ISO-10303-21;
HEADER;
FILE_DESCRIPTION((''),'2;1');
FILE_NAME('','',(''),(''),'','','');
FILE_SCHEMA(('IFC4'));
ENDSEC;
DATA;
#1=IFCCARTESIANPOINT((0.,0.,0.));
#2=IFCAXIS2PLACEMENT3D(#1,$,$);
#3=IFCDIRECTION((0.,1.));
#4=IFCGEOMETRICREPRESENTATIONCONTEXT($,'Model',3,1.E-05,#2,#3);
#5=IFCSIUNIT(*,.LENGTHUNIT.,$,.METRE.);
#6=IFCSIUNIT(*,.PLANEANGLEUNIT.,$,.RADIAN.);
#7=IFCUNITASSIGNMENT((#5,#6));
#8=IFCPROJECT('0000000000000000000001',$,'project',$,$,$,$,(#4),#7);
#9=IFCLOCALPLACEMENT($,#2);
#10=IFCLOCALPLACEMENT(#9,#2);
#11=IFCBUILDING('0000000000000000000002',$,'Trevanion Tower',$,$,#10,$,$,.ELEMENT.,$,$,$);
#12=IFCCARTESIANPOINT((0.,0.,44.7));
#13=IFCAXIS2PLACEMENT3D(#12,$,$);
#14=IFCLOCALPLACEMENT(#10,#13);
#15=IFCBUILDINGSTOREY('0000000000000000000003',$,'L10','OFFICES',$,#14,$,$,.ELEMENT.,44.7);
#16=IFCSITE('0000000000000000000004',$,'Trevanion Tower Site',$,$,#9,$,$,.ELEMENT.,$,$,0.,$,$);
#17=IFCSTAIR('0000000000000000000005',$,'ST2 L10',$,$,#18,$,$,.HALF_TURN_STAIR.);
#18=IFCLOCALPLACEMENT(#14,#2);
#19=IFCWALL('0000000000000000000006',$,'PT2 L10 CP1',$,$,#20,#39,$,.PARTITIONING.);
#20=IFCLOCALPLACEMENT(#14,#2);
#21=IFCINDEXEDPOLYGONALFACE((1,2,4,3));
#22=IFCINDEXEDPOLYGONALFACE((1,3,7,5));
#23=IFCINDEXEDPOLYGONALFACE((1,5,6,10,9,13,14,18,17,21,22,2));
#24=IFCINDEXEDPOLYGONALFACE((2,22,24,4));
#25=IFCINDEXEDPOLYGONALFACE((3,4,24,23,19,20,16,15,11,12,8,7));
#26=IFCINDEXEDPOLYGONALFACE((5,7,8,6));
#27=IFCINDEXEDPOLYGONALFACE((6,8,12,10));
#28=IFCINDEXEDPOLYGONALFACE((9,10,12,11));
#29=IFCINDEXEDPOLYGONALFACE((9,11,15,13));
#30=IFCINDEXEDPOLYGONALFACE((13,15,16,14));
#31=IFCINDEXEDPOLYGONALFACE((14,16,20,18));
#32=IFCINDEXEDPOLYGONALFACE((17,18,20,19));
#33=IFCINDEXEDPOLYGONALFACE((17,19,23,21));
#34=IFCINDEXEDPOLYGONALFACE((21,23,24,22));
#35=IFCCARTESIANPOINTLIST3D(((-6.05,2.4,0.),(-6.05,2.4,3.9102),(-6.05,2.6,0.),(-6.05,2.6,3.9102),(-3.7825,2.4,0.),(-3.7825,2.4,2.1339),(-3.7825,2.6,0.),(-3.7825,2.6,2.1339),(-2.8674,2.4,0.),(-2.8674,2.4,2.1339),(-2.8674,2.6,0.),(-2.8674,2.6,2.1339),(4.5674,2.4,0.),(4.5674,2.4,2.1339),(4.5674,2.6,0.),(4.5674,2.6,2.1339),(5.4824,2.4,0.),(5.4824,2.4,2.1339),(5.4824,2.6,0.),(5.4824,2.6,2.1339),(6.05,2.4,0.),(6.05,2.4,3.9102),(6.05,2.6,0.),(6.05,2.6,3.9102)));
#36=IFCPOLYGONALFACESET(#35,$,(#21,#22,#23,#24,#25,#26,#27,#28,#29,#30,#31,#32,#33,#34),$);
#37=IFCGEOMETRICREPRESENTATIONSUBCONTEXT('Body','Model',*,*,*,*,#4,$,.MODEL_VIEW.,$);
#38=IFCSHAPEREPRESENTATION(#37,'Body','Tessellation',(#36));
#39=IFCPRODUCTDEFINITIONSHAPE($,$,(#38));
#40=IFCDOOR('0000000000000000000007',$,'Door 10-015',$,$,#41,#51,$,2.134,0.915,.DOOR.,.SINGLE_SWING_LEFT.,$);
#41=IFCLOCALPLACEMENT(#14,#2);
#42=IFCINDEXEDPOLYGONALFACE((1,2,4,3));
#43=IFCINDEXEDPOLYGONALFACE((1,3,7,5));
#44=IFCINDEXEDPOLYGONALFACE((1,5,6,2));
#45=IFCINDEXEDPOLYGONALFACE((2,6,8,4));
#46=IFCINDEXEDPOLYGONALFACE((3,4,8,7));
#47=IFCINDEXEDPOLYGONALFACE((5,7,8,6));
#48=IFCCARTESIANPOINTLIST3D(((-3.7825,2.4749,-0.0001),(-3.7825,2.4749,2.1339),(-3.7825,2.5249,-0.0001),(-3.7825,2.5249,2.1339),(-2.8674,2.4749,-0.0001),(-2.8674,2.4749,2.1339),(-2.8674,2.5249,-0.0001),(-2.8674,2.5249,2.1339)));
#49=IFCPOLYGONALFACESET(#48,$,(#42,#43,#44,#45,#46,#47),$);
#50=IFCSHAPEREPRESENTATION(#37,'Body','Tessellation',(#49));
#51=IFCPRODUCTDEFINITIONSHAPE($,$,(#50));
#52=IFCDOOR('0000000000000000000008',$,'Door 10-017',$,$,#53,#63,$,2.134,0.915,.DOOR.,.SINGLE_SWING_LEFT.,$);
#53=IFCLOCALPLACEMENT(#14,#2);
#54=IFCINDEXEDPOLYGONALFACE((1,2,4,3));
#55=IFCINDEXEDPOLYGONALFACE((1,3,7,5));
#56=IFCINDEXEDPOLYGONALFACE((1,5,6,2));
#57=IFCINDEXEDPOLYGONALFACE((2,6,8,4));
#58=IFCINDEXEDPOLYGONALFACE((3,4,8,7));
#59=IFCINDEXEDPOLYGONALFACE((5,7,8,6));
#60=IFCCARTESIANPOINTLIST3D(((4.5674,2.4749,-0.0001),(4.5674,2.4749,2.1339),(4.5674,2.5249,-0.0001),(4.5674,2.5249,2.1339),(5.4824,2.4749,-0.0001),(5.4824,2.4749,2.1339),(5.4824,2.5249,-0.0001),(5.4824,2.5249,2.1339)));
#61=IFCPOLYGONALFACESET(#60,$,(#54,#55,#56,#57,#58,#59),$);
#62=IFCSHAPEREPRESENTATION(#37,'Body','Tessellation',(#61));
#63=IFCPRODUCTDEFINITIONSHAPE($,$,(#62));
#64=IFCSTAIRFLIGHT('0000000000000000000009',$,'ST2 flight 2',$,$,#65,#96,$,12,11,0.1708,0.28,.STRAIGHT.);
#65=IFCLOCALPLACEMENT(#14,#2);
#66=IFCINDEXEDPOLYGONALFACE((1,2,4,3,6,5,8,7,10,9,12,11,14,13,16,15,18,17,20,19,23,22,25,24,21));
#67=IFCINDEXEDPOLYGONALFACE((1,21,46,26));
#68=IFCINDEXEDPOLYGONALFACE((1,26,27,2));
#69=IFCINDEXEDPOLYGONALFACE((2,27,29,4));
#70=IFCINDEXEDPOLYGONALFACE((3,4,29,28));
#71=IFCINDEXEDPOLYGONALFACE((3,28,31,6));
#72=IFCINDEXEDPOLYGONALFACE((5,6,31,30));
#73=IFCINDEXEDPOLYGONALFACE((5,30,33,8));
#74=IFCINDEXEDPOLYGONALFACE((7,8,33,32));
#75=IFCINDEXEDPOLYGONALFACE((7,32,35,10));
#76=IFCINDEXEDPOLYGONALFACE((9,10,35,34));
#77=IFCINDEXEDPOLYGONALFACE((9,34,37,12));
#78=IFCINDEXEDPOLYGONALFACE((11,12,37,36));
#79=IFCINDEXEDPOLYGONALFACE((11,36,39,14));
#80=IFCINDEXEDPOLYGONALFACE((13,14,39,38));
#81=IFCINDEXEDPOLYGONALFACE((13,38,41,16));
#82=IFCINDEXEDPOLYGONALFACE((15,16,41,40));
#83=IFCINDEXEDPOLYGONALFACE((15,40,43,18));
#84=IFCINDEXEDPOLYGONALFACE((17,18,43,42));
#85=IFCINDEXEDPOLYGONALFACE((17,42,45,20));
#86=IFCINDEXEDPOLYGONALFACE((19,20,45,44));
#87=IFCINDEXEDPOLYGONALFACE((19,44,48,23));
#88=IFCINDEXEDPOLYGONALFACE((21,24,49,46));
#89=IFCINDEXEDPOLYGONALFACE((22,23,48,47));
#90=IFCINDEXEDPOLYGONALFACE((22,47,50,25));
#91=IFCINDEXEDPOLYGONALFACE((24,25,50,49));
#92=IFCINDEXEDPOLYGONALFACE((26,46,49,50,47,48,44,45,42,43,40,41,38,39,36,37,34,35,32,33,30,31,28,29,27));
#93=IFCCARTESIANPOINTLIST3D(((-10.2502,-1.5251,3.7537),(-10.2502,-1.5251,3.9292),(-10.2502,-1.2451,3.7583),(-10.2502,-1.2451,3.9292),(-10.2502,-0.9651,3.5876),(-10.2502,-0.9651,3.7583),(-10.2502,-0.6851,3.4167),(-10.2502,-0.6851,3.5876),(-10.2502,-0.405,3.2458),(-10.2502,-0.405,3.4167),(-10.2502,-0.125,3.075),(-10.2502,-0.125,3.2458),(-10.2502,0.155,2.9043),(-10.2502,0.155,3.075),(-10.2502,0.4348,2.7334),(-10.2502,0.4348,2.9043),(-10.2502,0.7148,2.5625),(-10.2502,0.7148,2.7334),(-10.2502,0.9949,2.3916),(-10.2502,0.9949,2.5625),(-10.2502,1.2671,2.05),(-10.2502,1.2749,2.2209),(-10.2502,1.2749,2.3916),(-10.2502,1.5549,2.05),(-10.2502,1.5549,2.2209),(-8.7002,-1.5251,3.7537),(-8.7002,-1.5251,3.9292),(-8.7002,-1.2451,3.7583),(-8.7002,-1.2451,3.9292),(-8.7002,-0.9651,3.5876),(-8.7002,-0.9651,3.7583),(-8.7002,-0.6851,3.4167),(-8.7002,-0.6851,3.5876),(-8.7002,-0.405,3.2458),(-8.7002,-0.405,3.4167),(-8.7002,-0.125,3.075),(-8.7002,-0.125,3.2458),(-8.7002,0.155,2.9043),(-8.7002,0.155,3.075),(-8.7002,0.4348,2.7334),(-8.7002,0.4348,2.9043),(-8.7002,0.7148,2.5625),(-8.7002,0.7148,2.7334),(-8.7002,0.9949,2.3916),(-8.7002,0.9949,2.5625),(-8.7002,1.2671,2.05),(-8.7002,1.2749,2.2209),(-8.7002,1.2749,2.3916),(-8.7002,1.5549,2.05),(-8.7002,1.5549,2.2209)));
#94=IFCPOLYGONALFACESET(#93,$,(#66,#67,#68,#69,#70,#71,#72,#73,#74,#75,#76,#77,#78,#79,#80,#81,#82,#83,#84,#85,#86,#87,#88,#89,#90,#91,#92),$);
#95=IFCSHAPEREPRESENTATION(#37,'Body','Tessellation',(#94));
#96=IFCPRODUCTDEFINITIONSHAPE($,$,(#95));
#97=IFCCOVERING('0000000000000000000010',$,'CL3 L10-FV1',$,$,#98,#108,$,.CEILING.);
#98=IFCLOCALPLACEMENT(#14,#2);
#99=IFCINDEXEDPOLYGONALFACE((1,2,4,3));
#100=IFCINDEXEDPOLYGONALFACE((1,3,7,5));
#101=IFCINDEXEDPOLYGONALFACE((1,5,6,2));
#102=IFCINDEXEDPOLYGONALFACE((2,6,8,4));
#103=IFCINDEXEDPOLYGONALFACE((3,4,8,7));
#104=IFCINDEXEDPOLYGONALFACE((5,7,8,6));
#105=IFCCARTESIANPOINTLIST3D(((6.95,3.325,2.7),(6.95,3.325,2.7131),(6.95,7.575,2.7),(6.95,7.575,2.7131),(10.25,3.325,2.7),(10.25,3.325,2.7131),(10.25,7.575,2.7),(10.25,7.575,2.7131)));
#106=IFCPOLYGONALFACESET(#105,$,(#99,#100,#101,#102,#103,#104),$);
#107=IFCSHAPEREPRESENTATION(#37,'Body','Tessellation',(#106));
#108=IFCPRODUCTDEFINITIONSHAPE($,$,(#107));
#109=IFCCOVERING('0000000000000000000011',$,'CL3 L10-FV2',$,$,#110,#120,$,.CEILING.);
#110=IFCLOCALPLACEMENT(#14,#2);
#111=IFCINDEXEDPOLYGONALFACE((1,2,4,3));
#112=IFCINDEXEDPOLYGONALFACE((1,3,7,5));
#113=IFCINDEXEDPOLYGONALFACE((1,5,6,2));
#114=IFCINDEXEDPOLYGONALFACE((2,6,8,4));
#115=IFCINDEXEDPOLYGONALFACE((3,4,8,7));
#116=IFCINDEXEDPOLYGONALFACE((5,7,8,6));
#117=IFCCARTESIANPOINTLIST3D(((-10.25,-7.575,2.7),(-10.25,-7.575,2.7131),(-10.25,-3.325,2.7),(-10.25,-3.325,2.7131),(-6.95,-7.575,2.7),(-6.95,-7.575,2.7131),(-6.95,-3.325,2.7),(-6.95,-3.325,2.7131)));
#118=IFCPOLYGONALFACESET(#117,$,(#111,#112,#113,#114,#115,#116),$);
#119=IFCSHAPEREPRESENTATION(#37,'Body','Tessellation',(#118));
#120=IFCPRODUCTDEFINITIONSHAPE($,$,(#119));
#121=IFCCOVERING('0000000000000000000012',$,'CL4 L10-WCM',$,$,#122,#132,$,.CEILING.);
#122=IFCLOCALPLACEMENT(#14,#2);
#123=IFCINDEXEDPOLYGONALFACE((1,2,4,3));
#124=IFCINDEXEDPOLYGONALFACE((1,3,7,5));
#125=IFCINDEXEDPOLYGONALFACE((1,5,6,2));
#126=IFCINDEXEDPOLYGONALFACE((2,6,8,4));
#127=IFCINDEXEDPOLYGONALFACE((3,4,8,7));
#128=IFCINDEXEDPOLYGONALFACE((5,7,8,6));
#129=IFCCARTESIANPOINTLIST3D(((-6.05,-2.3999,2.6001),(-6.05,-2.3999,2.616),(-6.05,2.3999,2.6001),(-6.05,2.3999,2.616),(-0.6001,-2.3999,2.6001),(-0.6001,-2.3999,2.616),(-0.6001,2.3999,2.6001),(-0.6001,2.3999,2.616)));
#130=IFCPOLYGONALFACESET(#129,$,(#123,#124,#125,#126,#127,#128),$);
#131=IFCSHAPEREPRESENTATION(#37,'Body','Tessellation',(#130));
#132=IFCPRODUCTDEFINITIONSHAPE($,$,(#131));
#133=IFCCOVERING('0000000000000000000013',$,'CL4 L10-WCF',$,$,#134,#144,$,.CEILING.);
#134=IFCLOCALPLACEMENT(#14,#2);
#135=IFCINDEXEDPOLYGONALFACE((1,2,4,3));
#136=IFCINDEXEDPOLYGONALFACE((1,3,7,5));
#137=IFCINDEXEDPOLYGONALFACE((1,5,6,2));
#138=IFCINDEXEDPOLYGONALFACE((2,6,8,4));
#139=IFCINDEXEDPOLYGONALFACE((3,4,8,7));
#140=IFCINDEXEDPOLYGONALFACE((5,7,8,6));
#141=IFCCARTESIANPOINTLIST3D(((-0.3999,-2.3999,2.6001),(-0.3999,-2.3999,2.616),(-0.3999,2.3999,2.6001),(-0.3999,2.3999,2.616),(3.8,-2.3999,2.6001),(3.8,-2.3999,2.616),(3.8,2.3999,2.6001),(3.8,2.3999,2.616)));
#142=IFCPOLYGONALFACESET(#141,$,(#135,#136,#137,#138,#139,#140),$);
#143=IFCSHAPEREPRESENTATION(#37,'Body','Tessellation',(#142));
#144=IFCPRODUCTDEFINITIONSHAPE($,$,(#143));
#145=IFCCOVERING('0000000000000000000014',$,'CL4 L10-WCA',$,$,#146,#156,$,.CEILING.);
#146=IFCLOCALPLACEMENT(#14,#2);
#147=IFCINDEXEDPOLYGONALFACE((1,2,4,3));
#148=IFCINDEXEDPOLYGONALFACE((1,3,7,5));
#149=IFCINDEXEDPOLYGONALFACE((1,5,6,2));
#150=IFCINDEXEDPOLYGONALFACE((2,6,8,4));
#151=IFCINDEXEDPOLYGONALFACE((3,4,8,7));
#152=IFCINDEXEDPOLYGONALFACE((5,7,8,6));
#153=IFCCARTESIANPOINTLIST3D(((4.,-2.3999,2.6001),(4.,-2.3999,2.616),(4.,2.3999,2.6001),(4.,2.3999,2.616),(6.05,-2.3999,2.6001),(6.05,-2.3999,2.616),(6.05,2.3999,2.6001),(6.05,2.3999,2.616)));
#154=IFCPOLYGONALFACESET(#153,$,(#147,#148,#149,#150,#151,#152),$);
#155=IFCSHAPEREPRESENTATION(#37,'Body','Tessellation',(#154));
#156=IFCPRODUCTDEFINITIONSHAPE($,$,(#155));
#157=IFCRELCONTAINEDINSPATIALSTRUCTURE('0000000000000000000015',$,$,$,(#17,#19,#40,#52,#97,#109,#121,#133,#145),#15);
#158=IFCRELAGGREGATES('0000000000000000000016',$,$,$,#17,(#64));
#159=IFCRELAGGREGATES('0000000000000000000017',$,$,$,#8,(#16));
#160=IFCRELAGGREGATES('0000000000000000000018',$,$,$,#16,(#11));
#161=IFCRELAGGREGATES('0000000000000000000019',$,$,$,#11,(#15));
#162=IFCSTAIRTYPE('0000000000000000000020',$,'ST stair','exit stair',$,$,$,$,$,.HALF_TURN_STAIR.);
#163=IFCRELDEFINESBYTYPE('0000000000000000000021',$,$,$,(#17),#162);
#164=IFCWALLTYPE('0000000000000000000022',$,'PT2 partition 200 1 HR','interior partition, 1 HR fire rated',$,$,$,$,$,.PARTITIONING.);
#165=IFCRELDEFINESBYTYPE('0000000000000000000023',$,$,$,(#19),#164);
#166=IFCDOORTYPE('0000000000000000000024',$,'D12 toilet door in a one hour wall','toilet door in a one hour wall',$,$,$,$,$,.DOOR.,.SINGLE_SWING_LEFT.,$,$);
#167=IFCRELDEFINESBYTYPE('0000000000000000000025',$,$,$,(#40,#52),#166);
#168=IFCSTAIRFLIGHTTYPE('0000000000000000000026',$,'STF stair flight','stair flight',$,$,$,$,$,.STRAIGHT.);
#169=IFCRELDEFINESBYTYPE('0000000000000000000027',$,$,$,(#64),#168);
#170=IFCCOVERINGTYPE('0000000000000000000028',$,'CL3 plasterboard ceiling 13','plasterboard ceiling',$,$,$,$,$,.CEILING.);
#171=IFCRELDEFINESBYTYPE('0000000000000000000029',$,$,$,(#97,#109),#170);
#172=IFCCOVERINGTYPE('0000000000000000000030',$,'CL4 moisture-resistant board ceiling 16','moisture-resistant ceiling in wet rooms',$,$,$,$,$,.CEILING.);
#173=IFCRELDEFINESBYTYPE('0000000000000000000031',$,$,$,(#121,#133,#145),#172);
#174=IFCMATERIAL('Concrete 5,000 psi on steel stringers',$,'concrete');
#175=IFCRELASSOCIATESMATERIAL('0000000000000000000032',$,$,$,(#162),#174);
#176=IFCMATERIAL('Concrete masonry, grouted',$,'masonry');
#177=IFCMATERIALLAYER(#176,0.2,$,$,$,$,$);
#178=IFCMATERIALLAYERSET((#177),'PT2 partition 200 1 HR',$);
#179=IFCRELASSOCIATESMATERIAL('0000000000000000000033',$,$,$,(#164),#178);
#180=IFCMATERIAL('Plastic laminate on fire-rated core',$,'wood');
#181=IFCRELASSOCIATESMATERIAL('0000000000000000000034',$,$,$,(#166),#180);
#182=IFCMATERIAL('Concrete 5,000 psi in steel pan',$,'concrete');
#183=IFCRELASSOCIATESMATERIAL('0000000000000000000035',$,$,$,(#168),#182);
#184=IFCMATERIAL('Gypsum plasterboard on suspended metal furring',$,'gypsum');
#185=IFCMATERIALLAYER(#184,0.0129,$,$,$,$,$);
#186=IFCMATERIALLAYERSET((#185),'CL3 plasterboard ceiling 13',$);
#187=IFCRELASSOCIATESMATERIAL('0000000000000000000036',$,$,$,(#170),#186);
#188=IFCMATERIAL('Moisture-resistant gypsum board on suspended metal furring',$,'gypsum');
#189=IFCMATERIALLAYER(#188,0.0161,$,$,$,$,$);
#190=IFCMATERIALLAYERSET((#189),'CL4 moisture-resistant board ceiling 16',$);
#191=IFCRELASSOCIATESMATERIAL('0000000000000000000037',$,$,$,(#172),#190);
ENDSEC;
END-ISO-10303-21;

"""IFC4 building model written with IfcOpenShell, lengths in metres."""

from ifc_helpers import new_model, si_unit, direction, frame, frame_2d, origin, place, context, subcontext, project, spatial, polyline, rectangle, outline, extrude, material, layer, layer_set, type_object, element, fill, aggregate, save


model = new_model("IFC4")

# Units and contexts
model_context = context("Model", 3, precision=1e-05, world=origin(), true_north=direction((0.0, 1.0)))
body_context = subcontext(model_context, "Body", "Model", "MODEL_VIEW")
ifc_project = project(units=[si_unit("LENGTHUNIT", "METRE"), si_unit("PLANEANGLEUNIT", "RADIAN")], contexts=[model_context])

# Site, building, storey
site_placement = place(None, origin())
site = spatial("IfcSite", under=ifc_project, at=site_placement, Name="Trevanion Tower Site", CompositionType="ELEMENT", RefElevation=0.0)
building_placement = place(site_placement, origin())
building = spatial("IfcBuilding", under=site, at=building_placement, Name="Trevanion Tower", CompositionType="ELEMENT")
storey_placement = place(building_placement, frame((0.0, 0.0, 44.7)))
storey = spatial("IfcBuildingStorey", under=building, at=storey_placement, Name="L10", Description="OFFICES", CompositionType="ELEMENT", Elevation=44.7)

# Stair
ifc_material_1 = material(Name="Concrete 5,000 psi on steel stringers", Category="concrete")
stair_type = type_object("IfcStairType", Name="ST stair", Description="exit stair", PredefinedType="HALF_TURN_STAIR", material=ifc_material_1)
stair_1_placement = place(storey_placement, origin())
stair_1 = element("IfcStair", 1, at=stair_1_placement, inside=storey, type_object=stair_type, Name="ST2 L10", PredefinedType="HALF_TURN_STAIR")

# Wall, openings, doors
ifc_material_2 = material(Name="Concrete masonry, grouted", Category="masonry")
ifc_layer_1 = layer(ifc_material_2, 0.2)
ifc_layer_set_1 = layer_set([ifc_layer_1], Name="PT2 partition 200 1 HR")
wall_type = type_object("IfcWallType", Name="PT2 partition 200 1 HR", Description="interior partition, 1 HR fire rated", PredefinedType="PARTITIONING", material=ifc_layer_set_1)
wall_placement = place(storey_placement, frame((-6.05, 2.5, 0.0), z_axis=(0.0, 0.0, 1.0), x_axis=(1.0, 0.0, 0.0)))
wall = element("IfcWall", 2, at=wall_placement, inside=storey, type_object=wall_type, Name="PT2 L10 CP1", PredefinedType="PARTITIONING", context=body_context, shape_type="SweptSolid", body=[
    extrude(rectangle(XDim=12.1001, YDim=0.2, at=frame_2d((6.05, 0.0))), origin(), (0.0, 0.0, 1.0), 3.9102),
])
opening_1_placement = place(wall_placement, frame((2.2676, 0.0, 0.0)))
opening_1 = element("IfcOpeningElement", 3, at=opening_1_placement, cuts=wall, PredefinedType="OPENING", context=body_context, shape_type="SweptSolid", body=[
    extrude(rectangle(XDim=0.915, YDim=2.134, at=frame_2d((0.4575, 1.0669))), frame((0.0, 0.1099, 0.0), z_axis=(0.0, -1.0, 0.0), x_axis=(1.0, 0.0, 0.0)), (0.0, 0.0, 1.0), 0.22),
])
opening_2_placement = place(wall_placement, frame((10.6174, 0.0, 0.0)))
opening_2 = element("IfcOpeningElement", 4, at=opening_2_placement, cuts=wall, PredefinedType="OPENING", context=body_context, shape_type="SweptSolid", body=[
    extrude(rectangle(XDim=0.915, YDim=2.134, at=frame_2d((0.4575, 1.0669))), frame((0.0, 0.1099, 0.0), z_axis=(0.0, -1.0, 0.0), x_axis=(1.0, 0.0, 0.0)), (0.0, 0.0, 1.0), 0.22),
])
ifc_material_3 = material(Name="Plastic laminate on fire-rated core", Category="wood")
door_type = type_object("IfcDoorType", Name="D12 toilet door in a one hour wall", Description="toilet door in a one hour wall", OperationType="SINGLE_SWING_LEFT", PredefinedType="DOOR", material=ifc_material_3)
door_1_placement = place(opening_1_placement, origin())
door_1 = element("IfcDoor", 5, at=door_1_placement, inside=storey, type_object=door_type, Name="Door 10-015", OperationType="SINGLE_SWING_LEFT", OverallHeight=2.134, OverallWidth=0.915, PredefinedType="DOOR", context=body_context, shape_type="SweptSolid", body=[
    extrude(rectangle(XDim=0.915, YDim=2.134, at=frame_2d((0.4575, 1.0669))), frame((0.0, 0.0249, 0.0), z_axis=(0.0, -1.0, 0.0), x_axis=(1.0, 0.0, 0.0)), (0.0, 0.0, 1.0), 0.05),
])
fill(opening_1, door_1)
door_2_placement = place(opening_2_placement, origin())
door_2 = element("IfcDoor", 6, at=door_2_placement, inside=storey, type_object=door_type, Name="Door 10-017", OperationType="SINGLE_SWING_LEFT", OverallHeight=2.134, OverallWidth=0.915, PredefinedType="DOOR", context=body_context, shape_type="SweptSolid", body=[
    extrude(rectangle(XDim=0.915, YDim=2.134, at=frame_2d((0.4575, 1.0669))), frame((0.0, 0.0249, 0.0), z_axis=(0.0, -1.0, 0.0), x_axis=(1.0, 0.0, 0.0)), (0.0, 0.0, 1.0), 0.05),
])
fill(opening_2, door_2)

# Stair flight
ifc_material_4 = material(Name="Concrete 5,000 psi in steel pan", Category="concrete")
stair_flight_type = type_object("IfcStairFlightType", Name="STF stair flight", Description="stair flight", PredefinedType="STRAIGHT", material=ifc_material_4)
stair_flight_placement = place(storey_placement, frame((-9.4751, 1.5549, 2.05), z_axis=(0.0, 0.0, 1.0), x_axis=(0.0, -1.0, 0.0)))
stair_flight = element("IfcStairFlight", 7, at=stair_flight_placement, type_object=stair_flight_type, Name="ST2 flight 2", NumberOfRisers=12, NumberOfTreads=11, PredefinedType="STRAIGHT", RiserHeight=0.1708, TreadLength=0.28, context=body_context, shape_type="SweptSolid", body=[
    extrude(outline(polyline([(0.0, 0.0), (0.0, 0.1709), (0.28, 0.1709), (0.28, 0.3416), (0.5601, 0.3416), (0.5601, 0.5125), (0.8401, 0.5125), (0.8401, 0.6833), (1.1201, 0.6833), (1.1201, 0.8542), (1.3999, 0.8542), (1.3999, 1.0249), (1.6799, 1.0249), (1.6799, 1.1958), (1.96, 1.1958), (1.96, 1.3667), (2.24, 1.3667), (2.24, 1.5376), (2.52, 1.5376), (2.52, 1.7083), (2.8, 1.7083), (2.8, 1.8792), (3.0801, 1.8792), (3.0801, 2.05), (3.0801, 1.7036), (0.2878, 0.0), (0.0, 0.0)])), frame((0.0, 0.7749, 0.0), z_axis=(0.0, -1.0, 0.0), x_axis=(1.0, 0.0, 0.0)), (0.0, 0.0, 1.0), 1.55),
])
aggregate(stair_1, [stair_flight])

# Coverings
ifc_material_5 = material(Name="Gypsum plasterboard on suspended metal furring", Category="gypsum")
ifc_layer_2 = layer(ifc_material_5, 0.0129)
ifc_layer_set_2 = layer_set([ifc_layer_2], Name="CL3 plasterboard ceiling 13")
covering_type_1 = type_object("IfcCoveringType", Name="CL3 plasterboard ceiling 13", Description="plasterboard ceiling", PredefinedType="CEILING", material=ifc_layer_set_2)
covering_1_placement = place(storey_placement, frame((0.0, 0.0, 2.7)))
element("IfcCovering", 8, at=covering_1_placement, inside=storey, type_object=covering_type_1, Name="CL3 L10-FV1", PredefinedType="CEILING", context=body_context, shape_type="SweptSolid", body=[
    extrude(outline(polyline([(10.25, 3.325), (10.25, 7.575), (6.95, 7.575), (6.95, 3.325), (10.25, 3.325)])), origin(), (0.0, 0.0, 1.0), 0.0132),
])
covering_2_placement = place(storey_placement, frame((0.0, 0.0, 2.7)))
element("IfcCovering", 9, at=covering_2_placement, inside=storey, type_object=covering_type_1, Name="CL3 L10-FV2", PredefinedType="CEILING", context=body_context, shape_type="SweptSolid", body=[
    extrude(outline(polyline([(-10.25, -3.325), (-10.25, -7.575), (-6.95, -7.575), (-6.95, -3.325), (-10.25, -3.325)])), origin(), (0.0, 0.0, 1.0), 0.0132),
])
ifc_material_6 = material(Name="Moisture-resistant gypsum board on suspended metal furring", Category="gypsum")
ifc_layer_3 = layer(ifc_material_6, 0.0161)
ifc_layer_set_3 = layer_set([ifc_layer_3], Name="CL4 moisture-resistant board ceiling 16")
covering_type_2 = type_object("IfcCoveringType", Name="CL4 moisture-resistant board ceiling 16", Description="moisture-resistant ceiling in wet rooms", PredefinedType="CEILING", material=ifc_layer_set_3)
covering_3_placement = place(storey_placement, frame((0.0, 0.0, 2.6001)))
element("IfcCovering", 10, at=covering_3_placement, inside=storey, type_object=covering_type_2, Name="CL4 L10-WCM", PredefinedType="CEILING", context=body_context, shape_type="SweptSolid", body=[
    extrude(outline(polyline([(-0.6001, -2.3999), (-0.6001, 2.3999), (-6.05, 2.3999), (-6.05, -2.3999), (-0.6001, -2.3999)])), origin(), (0.0, 0.0, 1.0), 0.0159),
])
covering_4_placement = place(storey_placement, frame((0.0, 0.0, 2.6001)))
element("IfcCovering", 11, at=covering_4_placement, inside=storey, type_object=covering_type_2, Name="CL4 L10-WCF", PredefinedType="CEILING", context=body_context, shape_type="SweptSolid", body=[
    extrude(outline(polyline([(3.8, -2.3999), (3.8, 2.3999), (-0.3999, 2.3999), (-0.3999, -2.3999), (3.8, -2.3999)])), origin(), (0.0, 0.0, 1.0), 0.0159),
])
covering_5_placement = place(storey_placement, frame((0.0, 0.0, 2.6001)))
element("IfcCovering", 12, at=covering_5_placement, inside=storey, type_object=covering_type_2, Name="CL4 L10-WCA", PredefinedType="CEILING", context=body_context, shape_type="SweptSolid", body=[
    extrude(outline(polyline([(6.05, -2.3999), (6.05, 2.3999), (4.0, 2.3999), (4.0, -2.3999), (6.05, -2.3999)])), origin(), (0.0, 0.0, 1.0), 0.0159),
])

save(model, "model.ifc")
